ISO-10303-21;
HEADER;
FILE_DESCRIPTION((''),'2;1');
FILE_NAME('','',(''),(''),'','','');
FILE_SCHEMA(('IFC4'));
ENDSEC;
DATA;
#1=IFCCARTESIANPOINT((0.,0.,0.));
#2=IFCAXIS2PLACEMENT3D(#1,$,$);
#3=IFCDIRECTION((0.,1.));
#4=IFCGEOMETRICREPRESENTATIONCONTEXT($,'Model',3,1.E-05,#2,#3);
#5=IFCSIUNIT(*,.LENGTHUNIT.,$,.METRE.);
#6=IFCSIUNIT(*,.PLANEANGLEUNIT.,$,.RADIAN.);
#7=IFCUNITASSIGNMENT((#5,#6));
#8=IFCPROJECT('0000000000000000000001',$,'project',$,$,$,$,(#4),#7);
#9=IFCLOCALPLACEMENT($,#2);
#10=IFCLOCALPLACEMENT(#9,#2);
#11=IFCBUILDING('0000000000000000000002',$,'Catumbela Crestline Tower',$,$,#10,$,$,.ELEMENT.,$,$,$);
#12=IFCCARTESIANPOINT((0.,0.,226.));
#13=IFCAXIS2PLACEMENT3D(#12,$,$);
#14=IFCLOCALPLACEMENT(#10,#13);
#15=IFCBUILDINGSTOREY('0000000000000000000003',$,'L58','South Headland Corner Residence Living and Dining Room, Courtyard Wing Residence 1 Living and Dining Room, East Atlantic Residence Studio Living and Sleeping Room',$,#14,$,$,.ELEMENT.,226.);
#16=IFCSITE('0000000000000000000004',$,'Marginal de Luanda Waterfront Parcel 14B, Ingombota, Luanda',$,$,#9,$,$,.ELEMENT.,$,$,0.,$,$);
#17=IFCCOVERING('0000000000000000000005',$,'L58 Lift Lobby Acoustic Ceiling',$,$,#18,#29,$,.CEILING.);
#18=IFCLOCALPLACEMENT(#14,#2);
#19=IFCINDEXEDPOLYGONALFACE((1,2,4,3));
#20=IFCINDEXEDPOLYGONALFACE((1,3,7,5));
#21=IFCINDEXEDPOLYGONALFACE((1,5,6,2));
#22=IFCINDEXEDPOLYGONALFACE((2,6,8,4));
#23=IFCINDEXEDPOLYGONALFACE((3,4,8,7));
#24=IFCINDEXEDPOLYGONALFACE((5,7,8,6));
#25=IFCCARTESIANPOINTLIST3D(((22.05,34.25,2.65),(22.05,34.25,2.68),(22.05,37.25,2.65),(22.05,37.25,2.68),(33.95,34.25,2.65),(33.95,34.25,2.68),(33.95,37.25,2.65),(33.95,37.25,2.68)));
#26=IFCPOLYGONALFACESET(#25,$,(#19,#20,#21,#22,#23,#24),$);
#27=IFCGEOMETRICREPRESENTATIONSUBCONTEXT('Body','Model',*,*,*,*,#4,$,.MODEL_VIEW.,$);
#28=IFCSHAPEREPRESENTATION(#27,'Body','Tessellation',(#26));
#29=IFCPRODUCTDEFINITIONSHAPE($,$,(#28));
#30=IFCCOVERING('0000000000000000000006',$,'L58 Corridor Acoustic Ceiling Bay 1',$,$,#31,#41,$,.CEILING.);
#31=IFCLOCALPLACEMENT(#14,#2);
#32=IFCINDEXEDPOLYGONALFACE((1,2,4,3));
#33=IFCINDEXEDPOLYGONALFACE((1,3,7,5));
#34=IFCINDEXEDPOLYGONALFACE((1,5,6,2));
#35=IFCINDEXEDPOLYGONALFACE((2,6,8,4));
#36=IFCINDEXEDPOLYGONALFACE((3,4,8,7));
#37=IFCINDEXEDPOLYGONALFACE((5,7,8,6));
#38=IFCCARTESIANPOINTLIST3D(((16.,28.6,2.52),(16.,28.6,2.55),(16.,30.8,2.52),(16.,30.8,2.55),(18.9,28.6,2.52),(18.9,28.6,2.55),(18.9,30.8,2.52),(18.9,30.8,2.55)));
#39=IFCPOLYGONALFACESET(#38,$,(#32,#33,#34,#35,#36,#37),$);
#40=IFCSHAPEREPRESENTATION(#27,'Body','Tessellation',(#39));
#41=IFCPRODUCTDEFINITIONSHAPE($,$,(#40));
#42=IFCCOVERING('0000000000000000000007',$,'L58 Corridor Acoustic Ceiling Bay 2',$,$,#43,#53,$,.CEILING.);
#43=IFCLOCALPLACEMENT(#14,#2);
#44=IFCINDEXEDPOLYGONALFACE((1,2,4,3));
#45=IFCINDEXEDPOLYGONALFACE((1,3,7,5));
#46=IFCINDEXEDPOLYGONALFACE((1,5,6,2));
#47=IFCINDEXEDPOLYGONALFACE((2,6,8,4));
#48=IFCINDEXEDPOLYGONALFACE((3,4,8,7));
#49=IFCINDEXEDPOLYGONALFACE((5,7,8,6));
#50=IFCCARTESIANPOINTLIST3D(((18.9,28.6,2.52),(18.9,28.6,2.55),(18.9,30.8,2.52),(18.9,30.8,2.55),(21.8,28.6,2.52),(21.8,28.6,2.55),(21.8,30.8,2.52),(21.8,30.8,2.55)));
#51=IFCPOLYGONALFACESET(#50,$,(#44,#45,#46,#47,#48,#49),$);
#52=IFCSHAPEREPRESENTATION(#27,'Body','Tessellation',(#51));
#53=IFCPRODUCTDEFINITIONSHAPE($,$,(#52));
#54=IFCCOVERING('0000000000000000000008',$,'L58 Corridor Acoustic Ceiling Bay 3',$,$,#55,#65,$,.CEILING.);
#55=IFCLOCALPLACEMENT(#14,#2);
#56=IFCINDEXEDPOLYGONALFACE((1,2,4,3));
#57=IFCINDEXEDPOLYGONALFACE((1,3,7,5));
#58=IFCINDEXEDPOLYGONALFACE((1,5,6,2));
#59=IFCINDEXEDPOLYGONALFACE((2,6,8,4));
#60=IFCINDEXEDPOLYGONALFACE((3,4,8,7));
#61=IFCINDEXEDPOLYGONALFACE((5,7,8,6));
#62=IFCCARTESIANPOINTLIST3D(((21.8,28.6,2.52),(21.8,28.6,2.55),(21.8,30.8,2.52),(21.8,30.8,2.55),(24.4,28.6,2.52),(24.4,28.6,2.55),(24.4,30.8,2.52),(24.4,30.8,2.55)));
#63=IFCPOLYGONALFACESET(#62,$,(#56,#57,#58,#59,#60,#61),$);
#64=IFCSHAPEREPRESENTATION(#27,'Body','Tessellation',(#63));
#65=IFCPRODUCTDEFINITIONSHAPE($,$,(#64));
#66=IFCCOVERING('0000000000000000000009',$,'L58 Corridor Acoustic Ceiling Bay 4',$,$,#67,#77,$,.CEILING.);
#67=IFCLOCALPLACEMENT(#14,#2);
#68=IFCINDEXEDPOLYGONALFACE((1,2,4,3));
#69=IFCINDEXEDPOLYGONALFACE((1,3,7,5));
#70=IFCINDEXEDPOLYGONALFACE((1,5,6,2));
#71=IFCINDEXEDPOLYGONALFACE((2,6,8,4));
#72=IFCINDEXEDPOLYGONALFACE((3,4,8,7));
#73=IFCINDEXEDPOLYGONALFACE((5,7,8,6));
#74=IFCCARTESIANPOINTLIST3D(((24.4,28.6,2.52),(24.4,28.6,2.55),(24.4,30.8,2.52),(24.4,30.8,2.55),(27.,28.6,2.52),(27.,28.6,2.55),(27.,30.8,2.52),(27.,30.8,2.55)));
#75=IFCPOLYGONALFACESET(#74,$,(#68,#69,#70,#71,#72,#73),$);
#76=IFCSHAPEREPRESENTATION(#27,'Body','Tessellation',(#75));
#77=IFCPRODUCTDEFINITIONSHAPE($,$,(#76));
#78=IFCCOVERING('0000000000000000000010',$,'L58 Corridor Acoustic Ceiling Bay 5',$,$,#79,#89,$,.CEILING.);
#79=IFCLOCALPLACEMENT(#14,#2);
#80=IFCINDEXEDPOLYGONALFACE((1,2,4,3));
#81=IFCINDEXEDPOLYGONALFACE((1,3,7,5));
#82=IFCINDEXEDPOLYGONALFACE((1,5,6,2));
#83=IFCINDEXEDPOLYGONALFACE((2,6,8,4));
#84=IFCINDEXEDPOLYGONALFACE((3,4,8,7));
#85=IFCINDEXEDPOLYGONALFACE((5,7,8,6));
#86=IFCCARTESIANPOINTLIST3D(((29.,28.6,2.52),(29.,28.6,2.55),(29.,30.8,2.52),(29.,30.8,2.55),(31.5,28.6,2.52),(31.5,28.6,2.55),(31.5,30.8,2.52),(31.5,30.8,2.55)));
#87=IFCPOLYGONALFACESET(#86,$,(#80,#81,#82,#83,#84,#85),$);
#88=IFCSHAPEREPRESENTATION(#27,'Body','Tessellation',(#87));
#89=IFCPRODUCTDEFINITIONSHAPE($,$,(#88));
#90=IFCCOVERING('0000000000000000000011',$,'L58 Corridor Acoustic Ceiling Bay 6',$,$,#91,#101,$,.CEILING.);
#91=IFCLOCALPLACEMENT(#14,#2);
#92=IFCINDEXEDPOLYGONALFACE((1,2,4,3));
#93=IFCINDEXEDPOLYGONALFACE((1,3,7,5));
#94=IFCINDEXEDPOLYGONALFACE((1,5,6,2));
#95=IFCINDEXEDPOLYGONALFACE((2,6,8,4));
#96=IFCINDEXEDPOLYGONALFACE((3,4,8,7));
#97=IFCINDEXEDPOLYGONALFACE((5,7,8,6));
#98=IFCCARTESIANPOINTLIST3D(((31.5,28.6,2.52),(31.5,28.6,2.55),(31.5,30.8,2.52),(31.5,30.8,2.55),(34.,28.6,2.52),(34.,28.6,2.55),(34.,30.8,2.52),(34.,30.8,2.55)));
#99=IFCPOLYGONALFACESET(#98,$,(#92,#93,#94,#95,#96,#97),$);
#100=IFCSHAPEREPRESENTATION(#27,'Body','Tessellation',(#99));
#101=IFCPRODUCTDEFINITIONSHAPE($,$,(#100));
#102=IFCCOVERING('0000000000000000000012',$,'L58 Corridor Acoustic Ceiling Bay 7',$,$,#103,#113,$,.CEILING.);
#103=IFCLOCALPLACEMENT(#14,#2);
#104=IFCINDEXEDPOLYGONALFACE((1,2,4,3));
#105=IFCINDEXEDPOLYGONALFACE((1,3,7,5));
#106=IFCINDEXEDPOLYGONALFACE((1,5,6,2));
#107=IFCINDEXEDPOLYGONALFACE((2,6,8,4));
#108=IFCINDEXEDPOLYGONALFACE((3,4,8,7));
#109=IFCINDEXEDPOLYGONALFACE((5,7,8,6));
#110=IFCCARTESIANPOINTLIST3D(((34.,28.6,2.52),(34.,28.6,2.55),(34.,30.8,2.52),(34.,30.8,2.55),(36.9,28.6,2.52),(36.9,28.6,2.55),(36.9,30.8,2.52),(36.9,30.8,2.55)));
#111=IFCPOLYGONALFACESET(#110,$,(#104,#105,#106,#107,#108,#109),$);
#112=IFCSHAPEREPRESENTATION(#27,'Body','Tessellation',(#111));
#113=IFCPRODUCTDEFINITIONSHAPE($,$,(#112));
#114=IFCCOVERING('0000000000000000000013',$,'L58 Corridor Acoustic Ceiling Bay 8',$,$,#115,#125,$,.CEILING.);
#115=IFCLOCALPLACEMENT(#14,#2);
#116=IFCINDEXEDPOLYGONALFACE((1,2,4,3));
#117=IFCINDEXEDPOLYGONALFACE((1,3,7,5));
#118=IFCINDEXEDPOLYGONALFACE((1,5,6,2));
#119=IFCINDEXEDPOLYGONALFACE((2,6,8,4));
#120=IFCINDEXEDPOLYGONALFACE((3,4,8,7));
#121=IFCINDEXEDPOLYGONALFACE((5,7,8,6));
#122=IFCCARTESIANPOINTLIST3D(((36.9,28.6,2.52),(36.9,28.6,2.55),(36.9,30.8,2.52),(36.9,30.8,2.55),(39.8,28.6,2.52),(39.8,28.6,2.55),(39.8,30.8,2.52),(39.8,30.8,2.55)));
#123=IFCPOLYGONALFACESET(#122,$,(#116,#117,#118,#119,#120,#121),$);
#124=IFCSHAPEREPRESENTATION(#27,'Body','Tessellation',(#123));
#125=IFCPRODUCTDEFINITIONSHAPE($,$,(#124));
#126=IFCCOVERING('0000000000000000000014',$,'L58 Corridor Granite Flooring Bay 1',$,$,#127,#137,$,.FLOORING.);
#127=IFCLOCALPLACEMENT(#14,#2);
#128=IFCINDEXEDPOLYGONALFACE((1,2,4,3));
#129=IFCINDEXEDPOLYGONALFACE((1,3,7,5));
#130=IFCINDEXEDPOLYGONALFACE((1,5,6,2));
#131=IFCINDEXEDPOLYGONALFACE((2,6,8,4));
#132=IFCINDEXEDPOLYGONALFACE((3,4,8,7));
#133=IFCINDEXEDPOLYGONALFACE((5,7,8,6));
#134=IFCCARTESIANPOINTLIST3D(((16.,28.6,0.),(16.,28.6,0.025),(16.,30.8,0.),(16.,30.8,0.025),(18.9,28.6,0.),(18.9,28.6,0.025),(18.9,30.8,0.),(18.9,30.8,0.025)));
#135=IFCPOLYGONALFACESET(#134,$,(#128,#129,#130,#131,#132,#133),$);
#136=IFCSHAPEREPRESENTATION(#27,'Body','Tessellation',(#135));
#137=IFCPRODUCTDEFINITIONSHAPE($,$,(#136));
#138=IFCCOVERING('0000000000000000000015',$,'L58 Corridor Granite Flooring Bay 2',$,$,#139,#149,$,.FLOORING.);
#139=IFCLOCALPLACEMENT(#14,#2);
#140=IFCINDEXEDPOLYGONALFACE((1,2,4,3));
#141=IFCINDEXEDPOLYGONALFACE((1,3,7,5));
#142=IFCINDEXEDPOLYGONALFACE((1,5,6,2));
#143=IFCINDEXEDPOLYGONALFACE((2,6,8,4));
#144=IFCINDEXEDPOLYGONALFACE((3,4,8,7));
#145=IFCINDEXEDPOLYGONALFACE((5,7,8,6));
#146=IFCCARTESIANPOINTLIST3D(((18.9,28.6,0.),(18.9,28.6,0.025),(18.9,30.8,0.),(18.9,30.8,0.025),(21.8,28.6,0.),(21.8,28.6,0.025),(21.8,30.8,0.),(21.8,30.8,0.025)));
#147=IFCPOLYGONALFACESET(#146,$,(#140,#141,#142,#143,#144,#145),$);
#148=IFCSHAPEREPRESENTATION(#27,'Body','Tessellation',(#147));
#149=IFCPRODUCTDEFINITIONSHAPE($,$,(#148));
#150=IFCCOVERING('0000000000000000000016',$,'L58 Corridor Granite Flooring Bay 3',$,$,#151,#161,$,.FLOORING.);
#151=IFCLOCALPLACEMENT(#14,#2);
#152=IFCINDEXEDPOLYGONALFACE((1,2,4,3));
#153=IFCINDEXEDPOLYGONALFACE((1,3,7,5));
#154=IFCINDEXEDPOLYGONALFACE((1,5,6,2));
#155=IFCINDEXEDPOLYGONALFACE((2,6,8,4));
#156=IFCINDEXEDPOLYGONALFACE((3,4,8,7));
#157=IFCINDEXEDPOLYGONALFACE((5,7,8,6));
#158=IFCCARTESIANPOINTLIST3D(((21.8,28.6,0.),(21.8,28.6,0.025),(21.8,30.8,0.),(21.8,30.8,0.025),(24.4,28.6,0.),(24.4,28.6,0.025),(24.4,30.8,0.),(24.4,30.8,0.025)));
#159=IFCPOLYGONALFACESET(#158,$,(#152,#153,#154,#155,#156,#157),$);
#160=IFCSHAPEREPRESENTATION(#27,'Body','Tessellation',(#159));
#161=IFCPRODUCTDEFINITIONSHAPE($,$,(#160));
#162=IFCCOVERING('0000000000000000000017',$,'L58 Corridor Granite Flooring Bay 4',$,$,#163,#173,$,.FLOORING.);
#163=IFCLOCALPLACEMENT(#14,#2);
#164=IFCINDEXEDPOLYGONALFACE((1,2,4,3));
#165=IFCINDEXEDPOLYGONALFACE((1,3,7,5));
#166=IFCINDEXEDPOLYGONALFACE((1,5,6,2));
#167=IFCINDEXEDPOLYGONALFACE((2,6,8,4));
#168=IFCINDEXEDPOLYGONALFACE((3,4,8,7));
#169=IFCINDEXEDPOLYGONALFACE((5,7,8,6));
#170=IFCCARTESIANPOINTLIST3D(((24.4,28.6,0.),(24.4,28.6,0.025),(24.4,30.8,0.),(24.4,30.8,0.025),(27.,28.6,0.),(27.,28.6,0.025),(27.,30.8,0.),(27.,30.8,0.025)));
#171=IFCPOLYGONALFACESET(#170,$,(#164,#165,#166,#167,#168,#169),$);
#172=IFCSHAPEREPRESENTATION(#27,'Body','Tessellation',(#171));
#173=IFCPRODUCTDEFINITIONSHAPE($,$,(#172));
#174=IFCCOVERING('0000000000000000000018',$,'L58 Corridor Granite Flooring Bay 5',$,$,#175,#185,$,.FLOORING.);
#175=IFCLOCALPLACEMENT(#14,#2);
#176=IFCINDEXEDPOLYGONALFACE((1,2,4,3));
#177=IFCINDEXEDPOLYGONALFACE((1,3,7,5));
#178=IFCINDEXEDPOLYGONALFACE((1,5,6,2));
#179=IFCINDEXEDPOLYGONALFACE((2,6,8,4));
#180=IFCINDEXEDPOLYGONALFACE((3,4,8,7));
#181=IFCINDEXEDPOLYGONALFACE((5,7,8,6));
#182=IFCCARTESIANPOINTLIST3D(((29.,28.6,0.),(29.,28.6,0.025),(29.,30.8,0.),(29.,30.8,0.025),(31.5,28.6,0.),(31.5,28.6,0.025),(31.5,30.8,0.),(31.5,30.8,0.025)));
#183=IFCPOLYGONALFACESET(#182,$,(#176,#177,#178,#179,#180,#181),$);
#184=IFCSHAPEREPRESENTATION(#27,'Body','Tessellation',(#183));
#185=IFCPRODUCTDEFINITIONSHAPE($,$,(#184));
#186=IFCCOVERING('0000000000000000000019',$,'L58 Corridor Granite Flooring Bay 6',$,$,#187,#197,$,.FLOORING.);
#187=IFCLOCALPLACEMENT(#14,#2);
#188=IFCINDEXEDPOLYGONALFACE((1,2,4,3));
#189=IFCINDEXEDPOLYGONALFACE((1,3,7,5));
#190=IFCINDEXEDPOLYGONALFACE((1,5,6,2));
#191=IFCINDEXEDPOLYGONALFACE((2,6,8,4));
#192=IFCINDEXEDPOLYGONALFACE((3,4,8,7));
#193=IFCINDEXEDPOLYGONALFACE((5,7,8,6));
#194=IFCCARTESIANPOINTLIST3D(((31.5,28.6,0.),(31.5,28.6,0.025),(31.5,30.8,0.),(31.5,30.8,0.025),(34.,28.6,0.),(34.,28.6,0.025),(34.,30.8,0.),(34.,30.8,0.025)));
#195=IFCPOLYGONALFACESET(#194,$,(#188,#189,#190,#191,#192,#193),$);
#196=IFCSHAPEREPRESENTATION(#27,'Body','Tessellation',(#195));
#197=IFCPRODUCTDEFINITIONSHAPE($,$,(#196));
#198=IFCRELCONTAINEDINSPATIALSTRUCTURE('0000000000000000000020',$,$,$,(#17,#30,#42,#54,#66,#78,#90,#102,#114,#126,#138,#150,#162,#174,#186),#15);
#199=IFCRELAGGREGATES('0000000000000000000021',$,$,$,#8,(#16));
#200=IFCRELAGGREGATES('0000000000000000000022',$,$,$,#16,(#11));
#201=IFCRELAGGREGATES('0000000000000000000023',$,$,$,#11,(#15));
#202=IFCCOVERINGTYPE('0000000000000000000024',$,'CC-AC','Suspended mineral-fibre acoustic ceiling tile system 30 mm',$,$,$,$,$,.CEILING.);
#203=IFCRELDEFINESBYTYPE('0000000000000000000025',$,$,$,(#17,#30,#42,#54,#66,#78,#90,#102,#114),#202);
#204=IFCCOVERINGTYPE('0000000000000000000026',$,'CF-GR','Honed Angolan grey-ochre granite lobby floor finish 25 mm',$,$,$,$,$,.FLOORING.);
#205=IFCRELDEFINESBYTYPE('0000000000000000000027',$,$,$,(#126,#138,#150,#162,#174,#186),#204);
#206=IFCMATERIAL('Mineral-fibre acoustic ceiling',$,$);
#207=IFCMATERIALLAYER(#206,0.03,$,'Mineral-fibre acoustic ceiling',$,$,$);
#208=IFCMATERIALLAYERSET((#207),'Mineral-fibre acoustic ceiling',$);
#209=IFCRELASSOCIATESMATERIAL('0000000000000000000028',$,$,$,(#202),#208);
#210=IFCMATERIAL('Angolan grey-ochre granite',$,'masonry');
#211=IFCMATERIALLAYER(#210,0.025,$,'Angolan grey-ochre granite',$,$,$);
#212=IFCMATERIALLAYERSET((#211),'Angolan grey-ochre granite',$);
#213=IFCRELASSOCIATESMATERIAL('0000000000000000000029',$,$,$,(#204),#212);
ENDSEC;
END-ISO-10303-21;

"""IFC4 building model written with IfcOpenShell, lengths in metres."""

from ifc_helpers import new_model, si_unit, direction, frame, origin, place, context, subcontext, project, spatial, polyline, outline, extrude, material, layer, layer_set, type_object, element, save


model = new_model("IFC4")

# Units and contexts
model_context = context("Model", 3, precision=1e-05, world=origin(), true_north=direction((0.0, 1.0)))
body_context = subcontext(model_context, "Body", "Model", "MODEL_VIEW")
ifc_project = project(units=[si_unit("LENGTHUNIT", "METRE"), si_unit("PLANEANGLEUNIT", "RADIAN")], contexts=[model_context])

# Site, building, storey
site_placement = place(None, origin())
site = spatial("IfcSite", under=ifc_project, at=site_placement, Name="Marginal de Luanda Waterfront Parcel 14B, Ingombota, Luanda", CompositionType="ELEMENT", RefElevation=0.0)
building_placement = place(site_placement, origin())
building = spatial("IfcBuilding", under=site, at=building_placement, Name="Catumbela Crestline Tower", CompositionType="ELEMENT")
storey_placement = place(building_placement, frame((0.0, 0.0, 226.0)))
storey = spatial("IfcBuildingStorey", under=building, at=storey_placement, Name="L58", Description="South Headland Corner Residence Living and Dining Room, Courtyard Wing Residence 1 Living and Dining Room, East Atlantic Residence Studio Living and Sleeping Room", CompositionType="ELEMENT", Elevation=226.0)

# Shared definitions
ifc_material_1 = material(Name="Angolan grey-ochre granite", Category="masonry")

# Coverings
ifc_material_2 = material(Name="Mineral-fibre acoustic ceiling")
ifc_layer_1 = layer(ifc_material_2, 0.03, Name="Mineral-fibre acoustic ceiling")
ifc_layer_set_1 = layer_set([ifc_layer_1], Name="Mineral-fibre acoustic ceiling")
covering_type_1 = type_object("IfcCoveringType", Name="CC-AC", Description="Suspended mineral-fibre acoustic ceiling tile system 30 mm", PredefinedType="CEILING", material=ifc_layer_set_1)
covering_1_placement = place(storey_placement, frame((0.0, 0.0, 2.65)))
element("IfcCovering", 1, at=covering_1_placement, inside=storey, type_object=covering_type_1, Name="L58 Lift Lobby Acoustic Ceiling", PredefinedType="CEILING", context=body_context, shape_type="SweptSolid", body=[
    extrude(outline(polyline([(22.05, 34.25), (33.95, 34.25), (33.95, 37.25), (22.05, 37.25), (22.05, 34.25)])), origin(), (0.0, 0.0, 1.0), 0.03),
])
covering_2_placement = place(storey_placement, frame((0.0, 0.0, 2.52)))
element("IfcCovering", 2, at=covering_2_placement, inside=storey, type_object=covering_type_1, Name="L58 Corridor Acoustic Ceiling Bay 1", PredefinedType="CEILING", context=body_context, shape_type="SweptSolid", body=[
    extrude(outline(polyline([(16.0, 28.6), (18.9, 28.6), (18.9, 30.8), (16.0, 30.8), (16.0, 28.6)])), origin(), (0.0, 0.0, 1.0), 0.03),
])
covering_3_placement = place(storey_placement, frame((0.0, 0.0, 2.52)))
element("IfcCovering", 3, at=covering_3_placement, inside=storey, type_object=covering_type_1, Name="L58 Corridor Acoustic Ceiling Bay 2", PredefinedType="CEILING", context=body_context, shape_type="SweptSolid", body=[
    extrude(outline(polyline([(18.9, 28.6), (21.8, 28.6), (21.8, 30.8), (18.9, 30.8), (18.9, 28.6)])), origin(), (0.0, 0.0, 1.0), 0.03),
])
covering_4_placement = place(storey_placement, frame((0.0, 0.0, 2.52)))
element("IfcCovering", 4, at=covering_4_placement, inside=storey, type_object=covering_type_1, Name="L58 Corridor Acoustic Ceiling Bay 3", PredefinedType="CEILING", context=body_context, shape_type="SweptSolid", body=[
    extrude(outline(polyline([(21.8, 28.6), (24.4, 28.6), (24.4, 30.8), (21.8, 30.8), (21.8, 28.6)])), origin(), (0.0, 0.0, 1.0), 0.03),
])
covering_5_placement = place(storey_placement, frame((0.0, 0.0, 2.52)))
element("IfcCovering", 5, at=covering_5_placement, inside=storey, type_object=covering_type_1, Name="L58 Corridor Acoustic Ceiling Bay 4", PredefinedType="CEILING", context=body_context, shape_type="SweptSolid", body=[
    extrude(outline(polyline([(24.4, 28.6), (27.0, 28.6), (27.0, 30.8), (24.4, 30.8), (24.4, 28.6)])), origin(), (0.0, 0.0, 1.0), 0.03),
])
covering_6_placement = place(storey_placement, frame((0.0, 0.0, 2.52)))
element("IfcCovering", 6, at=covering_6_placement, inside=storey, type_object=covering_type_1, Name="L58 Corridor Acoustic Ceiling Bay 5", PredefinedType="CEILING", context=body_context, shape_type="SweptSolid", body=[
    extrude(outline(polyline([(29.0, 28.6), (31.5, 28.6), (31.5, 30.8), (29.0, 30.8), (29.0, 28.6)])), origin(), (0.0, 0.0, 1.0), 0.03),
])
covering_7_placement = place(storey_placement, frame((0.0, 0.0, 2.52)))
element("IfcCovering", 7, at=covering_7_placement, inside=storey, type_object=covering_type_1, Name="L58 Corridor Acoustic Ceiling Bay 6", PredefinedType="CEILING", context=body_context, shape_type="SweptSolid", body=[
    extrude(outline(polyline([(31.5, 28.6), (34.0, 28.6), (34.0, 30.8), (31.5, 30.8), (31.5, 28.6)])), origin(), (0.0, 0.0, 1.0), 0.03),
])
covering_8_placement = place(storey_placement, frame((0.0, 0.0, 2.52)))
element("IfcCovering", 8, at=covering_8_placement, inside=storey, type_object=covering_type_1, Name="L58 Corridor Acoustic Ceiling Bay 7", PredefinedType="CEILING", context=body_context, shape_type="SweptSolid", body=[
    extrude(outline(polyline([(34.0, 28.6), (36.9, 28.6), (36.9, 30.8), (34.0, 30.8), (34.0, 28.6)])), origin(), (0.0, 0.0, 1.0), 0.03),
])
covering_9_placement = place(storey_placement, frame((0.0, 0.0, 2.52)))
element("IfcCovering", 9, at=covering_9_placement, inside=storey, type_object=covering_type_1, Name="L58 Corridor Acoustic Ceiling Bay 8", PredefinedType="CEILING", context=body_context, shape_type="SweptSolid", body=[
    extrude(outline(polyline([(36.9, 28.6), (39.8, 28.6), (39.8, 30.8), (36.9, 30.8), (36.9, 28.6)])), origin(), (0.0, 0.0, 1.0), 0.03),
])
ifc_layer_2 = layer(ifc_material_1, 0.025, Name="Angolan grey-ochre granite")
ifc_layer_set_2 = layer_set([ifc_layer_2], Name="Angolan grey-ochre granite")
covering_type_2 = type_object("IfcCoveringType", Name="CF-GR", Description="Honed Angolan grey-ochre granite lobby floor finish 25 mm", PredefinedType="FLOORING", material=ifc_layer_set_2)
covering_10_placement = place(storey_placement, origin())
element("IfcCovering", 10, at=covering_10_placement, inside=storey, type_object=covering_type_2, Name="L58 Corridor Granite Flooring Bay 1", PredefinedType="FLOORING", context=body_context, shape_type="SweptSolid", body=[
    extrude(outline(polyline([(16.0, 28.6), (18.9, 28.6), (18.9, 30.8), (16.0, 30.8), (16.0, 28.6)])), origin(), (0.0, 0.0, 1.0), 0.025),
])
covering_11_placement = place(storey_placement, origin())
element("IfcCovering", 11, at=covering_11_placement, inside=storey, type_object=covering_type_2, Name="L58 Corridor Granite Flooring Bay 2", PredefinedType="FLOORING", context=body_context, shape_type="SweptSolid", body=[
    extrude(outline(polyline([(18.9, 28.6), (21.8, 28.6), (21.8, 30.8), (18.9, 30.8), (18.9, 28.6)])), origin(), (0.0, 0.0, 1.0), 0.025),
])
covering_12_placement = place(storey_placement, origin())
element("IfcCovering", 12, at=covering_12_placement, inside=storey, type_object=covering_type_2, Name="L58 Corridor Granite Flooring Bay 3", PredefinedType="FLOORING", context=body_context, shape_type="SweptSolid", body=[
    extrude(outline(polyline([(21.8, 28.6), (24.4, 28.6), (24.4, 30.8), (21.8, 30.8), (21.8, 28.6)])), origin(), (0.0, 0.0, 1.0), 0.025),
])
covering_13_placement = place(storey_placement, origin())
element("IfcCovering", 13, at=covering_13_placement, inside=storey, type_object=covering_type_2, Name="L58 Corridor Granite Flooring Bay 4", PredefinedType="FLOORING", context=body_context, shape_type="SweptSolid", body=[
    extrude(outline(polyline([(24.4, 28.6), (27.0, 28.6), (27.0, 30.8), (24.4, 30.8), (24.4, 28.6)])), origin(), (0.0, 0.0, 1.0), 0.025),
])
covering_14_placement = place(storey_placement, origin())
element("IfcCovering", 14, at=covering_14_placement, inside=storey, type_object=covering_type_2, Name="L58 Corridor Granite Flooring Bay 5", PredefinedType="FLOORING", context=body_context, shape_type="SweptSolid", body=[
    extrude(outline(polyline([(29.0, 28.6), (31.5, 28.6), (31.5, 30.8), (29.0, 30.8), (29.0, 28.6)])), origin(), (0.0, 0.0, 1.0), 0.025),
])
covering_15_placement = place(storey_placement, origin())
element("IfcCovering", 15, at=covering_15_placement, inside=storey, type_object=covering_type_2, Name="L58 Corridor Granite Flooring Bay 6", PredefinedType="FLOORING", context=body_context, shape_type="SweptSolid", body=[
    extrude(outline(polyline([(31.5, 28.6), (34.0, 28.6), (34.0, 30.8), (31.5, 30.8), (31.5, 28.6)])), origin(), (0.0, 0.0, 1.0), 0.025),
])

save(model, "model.ifc")
